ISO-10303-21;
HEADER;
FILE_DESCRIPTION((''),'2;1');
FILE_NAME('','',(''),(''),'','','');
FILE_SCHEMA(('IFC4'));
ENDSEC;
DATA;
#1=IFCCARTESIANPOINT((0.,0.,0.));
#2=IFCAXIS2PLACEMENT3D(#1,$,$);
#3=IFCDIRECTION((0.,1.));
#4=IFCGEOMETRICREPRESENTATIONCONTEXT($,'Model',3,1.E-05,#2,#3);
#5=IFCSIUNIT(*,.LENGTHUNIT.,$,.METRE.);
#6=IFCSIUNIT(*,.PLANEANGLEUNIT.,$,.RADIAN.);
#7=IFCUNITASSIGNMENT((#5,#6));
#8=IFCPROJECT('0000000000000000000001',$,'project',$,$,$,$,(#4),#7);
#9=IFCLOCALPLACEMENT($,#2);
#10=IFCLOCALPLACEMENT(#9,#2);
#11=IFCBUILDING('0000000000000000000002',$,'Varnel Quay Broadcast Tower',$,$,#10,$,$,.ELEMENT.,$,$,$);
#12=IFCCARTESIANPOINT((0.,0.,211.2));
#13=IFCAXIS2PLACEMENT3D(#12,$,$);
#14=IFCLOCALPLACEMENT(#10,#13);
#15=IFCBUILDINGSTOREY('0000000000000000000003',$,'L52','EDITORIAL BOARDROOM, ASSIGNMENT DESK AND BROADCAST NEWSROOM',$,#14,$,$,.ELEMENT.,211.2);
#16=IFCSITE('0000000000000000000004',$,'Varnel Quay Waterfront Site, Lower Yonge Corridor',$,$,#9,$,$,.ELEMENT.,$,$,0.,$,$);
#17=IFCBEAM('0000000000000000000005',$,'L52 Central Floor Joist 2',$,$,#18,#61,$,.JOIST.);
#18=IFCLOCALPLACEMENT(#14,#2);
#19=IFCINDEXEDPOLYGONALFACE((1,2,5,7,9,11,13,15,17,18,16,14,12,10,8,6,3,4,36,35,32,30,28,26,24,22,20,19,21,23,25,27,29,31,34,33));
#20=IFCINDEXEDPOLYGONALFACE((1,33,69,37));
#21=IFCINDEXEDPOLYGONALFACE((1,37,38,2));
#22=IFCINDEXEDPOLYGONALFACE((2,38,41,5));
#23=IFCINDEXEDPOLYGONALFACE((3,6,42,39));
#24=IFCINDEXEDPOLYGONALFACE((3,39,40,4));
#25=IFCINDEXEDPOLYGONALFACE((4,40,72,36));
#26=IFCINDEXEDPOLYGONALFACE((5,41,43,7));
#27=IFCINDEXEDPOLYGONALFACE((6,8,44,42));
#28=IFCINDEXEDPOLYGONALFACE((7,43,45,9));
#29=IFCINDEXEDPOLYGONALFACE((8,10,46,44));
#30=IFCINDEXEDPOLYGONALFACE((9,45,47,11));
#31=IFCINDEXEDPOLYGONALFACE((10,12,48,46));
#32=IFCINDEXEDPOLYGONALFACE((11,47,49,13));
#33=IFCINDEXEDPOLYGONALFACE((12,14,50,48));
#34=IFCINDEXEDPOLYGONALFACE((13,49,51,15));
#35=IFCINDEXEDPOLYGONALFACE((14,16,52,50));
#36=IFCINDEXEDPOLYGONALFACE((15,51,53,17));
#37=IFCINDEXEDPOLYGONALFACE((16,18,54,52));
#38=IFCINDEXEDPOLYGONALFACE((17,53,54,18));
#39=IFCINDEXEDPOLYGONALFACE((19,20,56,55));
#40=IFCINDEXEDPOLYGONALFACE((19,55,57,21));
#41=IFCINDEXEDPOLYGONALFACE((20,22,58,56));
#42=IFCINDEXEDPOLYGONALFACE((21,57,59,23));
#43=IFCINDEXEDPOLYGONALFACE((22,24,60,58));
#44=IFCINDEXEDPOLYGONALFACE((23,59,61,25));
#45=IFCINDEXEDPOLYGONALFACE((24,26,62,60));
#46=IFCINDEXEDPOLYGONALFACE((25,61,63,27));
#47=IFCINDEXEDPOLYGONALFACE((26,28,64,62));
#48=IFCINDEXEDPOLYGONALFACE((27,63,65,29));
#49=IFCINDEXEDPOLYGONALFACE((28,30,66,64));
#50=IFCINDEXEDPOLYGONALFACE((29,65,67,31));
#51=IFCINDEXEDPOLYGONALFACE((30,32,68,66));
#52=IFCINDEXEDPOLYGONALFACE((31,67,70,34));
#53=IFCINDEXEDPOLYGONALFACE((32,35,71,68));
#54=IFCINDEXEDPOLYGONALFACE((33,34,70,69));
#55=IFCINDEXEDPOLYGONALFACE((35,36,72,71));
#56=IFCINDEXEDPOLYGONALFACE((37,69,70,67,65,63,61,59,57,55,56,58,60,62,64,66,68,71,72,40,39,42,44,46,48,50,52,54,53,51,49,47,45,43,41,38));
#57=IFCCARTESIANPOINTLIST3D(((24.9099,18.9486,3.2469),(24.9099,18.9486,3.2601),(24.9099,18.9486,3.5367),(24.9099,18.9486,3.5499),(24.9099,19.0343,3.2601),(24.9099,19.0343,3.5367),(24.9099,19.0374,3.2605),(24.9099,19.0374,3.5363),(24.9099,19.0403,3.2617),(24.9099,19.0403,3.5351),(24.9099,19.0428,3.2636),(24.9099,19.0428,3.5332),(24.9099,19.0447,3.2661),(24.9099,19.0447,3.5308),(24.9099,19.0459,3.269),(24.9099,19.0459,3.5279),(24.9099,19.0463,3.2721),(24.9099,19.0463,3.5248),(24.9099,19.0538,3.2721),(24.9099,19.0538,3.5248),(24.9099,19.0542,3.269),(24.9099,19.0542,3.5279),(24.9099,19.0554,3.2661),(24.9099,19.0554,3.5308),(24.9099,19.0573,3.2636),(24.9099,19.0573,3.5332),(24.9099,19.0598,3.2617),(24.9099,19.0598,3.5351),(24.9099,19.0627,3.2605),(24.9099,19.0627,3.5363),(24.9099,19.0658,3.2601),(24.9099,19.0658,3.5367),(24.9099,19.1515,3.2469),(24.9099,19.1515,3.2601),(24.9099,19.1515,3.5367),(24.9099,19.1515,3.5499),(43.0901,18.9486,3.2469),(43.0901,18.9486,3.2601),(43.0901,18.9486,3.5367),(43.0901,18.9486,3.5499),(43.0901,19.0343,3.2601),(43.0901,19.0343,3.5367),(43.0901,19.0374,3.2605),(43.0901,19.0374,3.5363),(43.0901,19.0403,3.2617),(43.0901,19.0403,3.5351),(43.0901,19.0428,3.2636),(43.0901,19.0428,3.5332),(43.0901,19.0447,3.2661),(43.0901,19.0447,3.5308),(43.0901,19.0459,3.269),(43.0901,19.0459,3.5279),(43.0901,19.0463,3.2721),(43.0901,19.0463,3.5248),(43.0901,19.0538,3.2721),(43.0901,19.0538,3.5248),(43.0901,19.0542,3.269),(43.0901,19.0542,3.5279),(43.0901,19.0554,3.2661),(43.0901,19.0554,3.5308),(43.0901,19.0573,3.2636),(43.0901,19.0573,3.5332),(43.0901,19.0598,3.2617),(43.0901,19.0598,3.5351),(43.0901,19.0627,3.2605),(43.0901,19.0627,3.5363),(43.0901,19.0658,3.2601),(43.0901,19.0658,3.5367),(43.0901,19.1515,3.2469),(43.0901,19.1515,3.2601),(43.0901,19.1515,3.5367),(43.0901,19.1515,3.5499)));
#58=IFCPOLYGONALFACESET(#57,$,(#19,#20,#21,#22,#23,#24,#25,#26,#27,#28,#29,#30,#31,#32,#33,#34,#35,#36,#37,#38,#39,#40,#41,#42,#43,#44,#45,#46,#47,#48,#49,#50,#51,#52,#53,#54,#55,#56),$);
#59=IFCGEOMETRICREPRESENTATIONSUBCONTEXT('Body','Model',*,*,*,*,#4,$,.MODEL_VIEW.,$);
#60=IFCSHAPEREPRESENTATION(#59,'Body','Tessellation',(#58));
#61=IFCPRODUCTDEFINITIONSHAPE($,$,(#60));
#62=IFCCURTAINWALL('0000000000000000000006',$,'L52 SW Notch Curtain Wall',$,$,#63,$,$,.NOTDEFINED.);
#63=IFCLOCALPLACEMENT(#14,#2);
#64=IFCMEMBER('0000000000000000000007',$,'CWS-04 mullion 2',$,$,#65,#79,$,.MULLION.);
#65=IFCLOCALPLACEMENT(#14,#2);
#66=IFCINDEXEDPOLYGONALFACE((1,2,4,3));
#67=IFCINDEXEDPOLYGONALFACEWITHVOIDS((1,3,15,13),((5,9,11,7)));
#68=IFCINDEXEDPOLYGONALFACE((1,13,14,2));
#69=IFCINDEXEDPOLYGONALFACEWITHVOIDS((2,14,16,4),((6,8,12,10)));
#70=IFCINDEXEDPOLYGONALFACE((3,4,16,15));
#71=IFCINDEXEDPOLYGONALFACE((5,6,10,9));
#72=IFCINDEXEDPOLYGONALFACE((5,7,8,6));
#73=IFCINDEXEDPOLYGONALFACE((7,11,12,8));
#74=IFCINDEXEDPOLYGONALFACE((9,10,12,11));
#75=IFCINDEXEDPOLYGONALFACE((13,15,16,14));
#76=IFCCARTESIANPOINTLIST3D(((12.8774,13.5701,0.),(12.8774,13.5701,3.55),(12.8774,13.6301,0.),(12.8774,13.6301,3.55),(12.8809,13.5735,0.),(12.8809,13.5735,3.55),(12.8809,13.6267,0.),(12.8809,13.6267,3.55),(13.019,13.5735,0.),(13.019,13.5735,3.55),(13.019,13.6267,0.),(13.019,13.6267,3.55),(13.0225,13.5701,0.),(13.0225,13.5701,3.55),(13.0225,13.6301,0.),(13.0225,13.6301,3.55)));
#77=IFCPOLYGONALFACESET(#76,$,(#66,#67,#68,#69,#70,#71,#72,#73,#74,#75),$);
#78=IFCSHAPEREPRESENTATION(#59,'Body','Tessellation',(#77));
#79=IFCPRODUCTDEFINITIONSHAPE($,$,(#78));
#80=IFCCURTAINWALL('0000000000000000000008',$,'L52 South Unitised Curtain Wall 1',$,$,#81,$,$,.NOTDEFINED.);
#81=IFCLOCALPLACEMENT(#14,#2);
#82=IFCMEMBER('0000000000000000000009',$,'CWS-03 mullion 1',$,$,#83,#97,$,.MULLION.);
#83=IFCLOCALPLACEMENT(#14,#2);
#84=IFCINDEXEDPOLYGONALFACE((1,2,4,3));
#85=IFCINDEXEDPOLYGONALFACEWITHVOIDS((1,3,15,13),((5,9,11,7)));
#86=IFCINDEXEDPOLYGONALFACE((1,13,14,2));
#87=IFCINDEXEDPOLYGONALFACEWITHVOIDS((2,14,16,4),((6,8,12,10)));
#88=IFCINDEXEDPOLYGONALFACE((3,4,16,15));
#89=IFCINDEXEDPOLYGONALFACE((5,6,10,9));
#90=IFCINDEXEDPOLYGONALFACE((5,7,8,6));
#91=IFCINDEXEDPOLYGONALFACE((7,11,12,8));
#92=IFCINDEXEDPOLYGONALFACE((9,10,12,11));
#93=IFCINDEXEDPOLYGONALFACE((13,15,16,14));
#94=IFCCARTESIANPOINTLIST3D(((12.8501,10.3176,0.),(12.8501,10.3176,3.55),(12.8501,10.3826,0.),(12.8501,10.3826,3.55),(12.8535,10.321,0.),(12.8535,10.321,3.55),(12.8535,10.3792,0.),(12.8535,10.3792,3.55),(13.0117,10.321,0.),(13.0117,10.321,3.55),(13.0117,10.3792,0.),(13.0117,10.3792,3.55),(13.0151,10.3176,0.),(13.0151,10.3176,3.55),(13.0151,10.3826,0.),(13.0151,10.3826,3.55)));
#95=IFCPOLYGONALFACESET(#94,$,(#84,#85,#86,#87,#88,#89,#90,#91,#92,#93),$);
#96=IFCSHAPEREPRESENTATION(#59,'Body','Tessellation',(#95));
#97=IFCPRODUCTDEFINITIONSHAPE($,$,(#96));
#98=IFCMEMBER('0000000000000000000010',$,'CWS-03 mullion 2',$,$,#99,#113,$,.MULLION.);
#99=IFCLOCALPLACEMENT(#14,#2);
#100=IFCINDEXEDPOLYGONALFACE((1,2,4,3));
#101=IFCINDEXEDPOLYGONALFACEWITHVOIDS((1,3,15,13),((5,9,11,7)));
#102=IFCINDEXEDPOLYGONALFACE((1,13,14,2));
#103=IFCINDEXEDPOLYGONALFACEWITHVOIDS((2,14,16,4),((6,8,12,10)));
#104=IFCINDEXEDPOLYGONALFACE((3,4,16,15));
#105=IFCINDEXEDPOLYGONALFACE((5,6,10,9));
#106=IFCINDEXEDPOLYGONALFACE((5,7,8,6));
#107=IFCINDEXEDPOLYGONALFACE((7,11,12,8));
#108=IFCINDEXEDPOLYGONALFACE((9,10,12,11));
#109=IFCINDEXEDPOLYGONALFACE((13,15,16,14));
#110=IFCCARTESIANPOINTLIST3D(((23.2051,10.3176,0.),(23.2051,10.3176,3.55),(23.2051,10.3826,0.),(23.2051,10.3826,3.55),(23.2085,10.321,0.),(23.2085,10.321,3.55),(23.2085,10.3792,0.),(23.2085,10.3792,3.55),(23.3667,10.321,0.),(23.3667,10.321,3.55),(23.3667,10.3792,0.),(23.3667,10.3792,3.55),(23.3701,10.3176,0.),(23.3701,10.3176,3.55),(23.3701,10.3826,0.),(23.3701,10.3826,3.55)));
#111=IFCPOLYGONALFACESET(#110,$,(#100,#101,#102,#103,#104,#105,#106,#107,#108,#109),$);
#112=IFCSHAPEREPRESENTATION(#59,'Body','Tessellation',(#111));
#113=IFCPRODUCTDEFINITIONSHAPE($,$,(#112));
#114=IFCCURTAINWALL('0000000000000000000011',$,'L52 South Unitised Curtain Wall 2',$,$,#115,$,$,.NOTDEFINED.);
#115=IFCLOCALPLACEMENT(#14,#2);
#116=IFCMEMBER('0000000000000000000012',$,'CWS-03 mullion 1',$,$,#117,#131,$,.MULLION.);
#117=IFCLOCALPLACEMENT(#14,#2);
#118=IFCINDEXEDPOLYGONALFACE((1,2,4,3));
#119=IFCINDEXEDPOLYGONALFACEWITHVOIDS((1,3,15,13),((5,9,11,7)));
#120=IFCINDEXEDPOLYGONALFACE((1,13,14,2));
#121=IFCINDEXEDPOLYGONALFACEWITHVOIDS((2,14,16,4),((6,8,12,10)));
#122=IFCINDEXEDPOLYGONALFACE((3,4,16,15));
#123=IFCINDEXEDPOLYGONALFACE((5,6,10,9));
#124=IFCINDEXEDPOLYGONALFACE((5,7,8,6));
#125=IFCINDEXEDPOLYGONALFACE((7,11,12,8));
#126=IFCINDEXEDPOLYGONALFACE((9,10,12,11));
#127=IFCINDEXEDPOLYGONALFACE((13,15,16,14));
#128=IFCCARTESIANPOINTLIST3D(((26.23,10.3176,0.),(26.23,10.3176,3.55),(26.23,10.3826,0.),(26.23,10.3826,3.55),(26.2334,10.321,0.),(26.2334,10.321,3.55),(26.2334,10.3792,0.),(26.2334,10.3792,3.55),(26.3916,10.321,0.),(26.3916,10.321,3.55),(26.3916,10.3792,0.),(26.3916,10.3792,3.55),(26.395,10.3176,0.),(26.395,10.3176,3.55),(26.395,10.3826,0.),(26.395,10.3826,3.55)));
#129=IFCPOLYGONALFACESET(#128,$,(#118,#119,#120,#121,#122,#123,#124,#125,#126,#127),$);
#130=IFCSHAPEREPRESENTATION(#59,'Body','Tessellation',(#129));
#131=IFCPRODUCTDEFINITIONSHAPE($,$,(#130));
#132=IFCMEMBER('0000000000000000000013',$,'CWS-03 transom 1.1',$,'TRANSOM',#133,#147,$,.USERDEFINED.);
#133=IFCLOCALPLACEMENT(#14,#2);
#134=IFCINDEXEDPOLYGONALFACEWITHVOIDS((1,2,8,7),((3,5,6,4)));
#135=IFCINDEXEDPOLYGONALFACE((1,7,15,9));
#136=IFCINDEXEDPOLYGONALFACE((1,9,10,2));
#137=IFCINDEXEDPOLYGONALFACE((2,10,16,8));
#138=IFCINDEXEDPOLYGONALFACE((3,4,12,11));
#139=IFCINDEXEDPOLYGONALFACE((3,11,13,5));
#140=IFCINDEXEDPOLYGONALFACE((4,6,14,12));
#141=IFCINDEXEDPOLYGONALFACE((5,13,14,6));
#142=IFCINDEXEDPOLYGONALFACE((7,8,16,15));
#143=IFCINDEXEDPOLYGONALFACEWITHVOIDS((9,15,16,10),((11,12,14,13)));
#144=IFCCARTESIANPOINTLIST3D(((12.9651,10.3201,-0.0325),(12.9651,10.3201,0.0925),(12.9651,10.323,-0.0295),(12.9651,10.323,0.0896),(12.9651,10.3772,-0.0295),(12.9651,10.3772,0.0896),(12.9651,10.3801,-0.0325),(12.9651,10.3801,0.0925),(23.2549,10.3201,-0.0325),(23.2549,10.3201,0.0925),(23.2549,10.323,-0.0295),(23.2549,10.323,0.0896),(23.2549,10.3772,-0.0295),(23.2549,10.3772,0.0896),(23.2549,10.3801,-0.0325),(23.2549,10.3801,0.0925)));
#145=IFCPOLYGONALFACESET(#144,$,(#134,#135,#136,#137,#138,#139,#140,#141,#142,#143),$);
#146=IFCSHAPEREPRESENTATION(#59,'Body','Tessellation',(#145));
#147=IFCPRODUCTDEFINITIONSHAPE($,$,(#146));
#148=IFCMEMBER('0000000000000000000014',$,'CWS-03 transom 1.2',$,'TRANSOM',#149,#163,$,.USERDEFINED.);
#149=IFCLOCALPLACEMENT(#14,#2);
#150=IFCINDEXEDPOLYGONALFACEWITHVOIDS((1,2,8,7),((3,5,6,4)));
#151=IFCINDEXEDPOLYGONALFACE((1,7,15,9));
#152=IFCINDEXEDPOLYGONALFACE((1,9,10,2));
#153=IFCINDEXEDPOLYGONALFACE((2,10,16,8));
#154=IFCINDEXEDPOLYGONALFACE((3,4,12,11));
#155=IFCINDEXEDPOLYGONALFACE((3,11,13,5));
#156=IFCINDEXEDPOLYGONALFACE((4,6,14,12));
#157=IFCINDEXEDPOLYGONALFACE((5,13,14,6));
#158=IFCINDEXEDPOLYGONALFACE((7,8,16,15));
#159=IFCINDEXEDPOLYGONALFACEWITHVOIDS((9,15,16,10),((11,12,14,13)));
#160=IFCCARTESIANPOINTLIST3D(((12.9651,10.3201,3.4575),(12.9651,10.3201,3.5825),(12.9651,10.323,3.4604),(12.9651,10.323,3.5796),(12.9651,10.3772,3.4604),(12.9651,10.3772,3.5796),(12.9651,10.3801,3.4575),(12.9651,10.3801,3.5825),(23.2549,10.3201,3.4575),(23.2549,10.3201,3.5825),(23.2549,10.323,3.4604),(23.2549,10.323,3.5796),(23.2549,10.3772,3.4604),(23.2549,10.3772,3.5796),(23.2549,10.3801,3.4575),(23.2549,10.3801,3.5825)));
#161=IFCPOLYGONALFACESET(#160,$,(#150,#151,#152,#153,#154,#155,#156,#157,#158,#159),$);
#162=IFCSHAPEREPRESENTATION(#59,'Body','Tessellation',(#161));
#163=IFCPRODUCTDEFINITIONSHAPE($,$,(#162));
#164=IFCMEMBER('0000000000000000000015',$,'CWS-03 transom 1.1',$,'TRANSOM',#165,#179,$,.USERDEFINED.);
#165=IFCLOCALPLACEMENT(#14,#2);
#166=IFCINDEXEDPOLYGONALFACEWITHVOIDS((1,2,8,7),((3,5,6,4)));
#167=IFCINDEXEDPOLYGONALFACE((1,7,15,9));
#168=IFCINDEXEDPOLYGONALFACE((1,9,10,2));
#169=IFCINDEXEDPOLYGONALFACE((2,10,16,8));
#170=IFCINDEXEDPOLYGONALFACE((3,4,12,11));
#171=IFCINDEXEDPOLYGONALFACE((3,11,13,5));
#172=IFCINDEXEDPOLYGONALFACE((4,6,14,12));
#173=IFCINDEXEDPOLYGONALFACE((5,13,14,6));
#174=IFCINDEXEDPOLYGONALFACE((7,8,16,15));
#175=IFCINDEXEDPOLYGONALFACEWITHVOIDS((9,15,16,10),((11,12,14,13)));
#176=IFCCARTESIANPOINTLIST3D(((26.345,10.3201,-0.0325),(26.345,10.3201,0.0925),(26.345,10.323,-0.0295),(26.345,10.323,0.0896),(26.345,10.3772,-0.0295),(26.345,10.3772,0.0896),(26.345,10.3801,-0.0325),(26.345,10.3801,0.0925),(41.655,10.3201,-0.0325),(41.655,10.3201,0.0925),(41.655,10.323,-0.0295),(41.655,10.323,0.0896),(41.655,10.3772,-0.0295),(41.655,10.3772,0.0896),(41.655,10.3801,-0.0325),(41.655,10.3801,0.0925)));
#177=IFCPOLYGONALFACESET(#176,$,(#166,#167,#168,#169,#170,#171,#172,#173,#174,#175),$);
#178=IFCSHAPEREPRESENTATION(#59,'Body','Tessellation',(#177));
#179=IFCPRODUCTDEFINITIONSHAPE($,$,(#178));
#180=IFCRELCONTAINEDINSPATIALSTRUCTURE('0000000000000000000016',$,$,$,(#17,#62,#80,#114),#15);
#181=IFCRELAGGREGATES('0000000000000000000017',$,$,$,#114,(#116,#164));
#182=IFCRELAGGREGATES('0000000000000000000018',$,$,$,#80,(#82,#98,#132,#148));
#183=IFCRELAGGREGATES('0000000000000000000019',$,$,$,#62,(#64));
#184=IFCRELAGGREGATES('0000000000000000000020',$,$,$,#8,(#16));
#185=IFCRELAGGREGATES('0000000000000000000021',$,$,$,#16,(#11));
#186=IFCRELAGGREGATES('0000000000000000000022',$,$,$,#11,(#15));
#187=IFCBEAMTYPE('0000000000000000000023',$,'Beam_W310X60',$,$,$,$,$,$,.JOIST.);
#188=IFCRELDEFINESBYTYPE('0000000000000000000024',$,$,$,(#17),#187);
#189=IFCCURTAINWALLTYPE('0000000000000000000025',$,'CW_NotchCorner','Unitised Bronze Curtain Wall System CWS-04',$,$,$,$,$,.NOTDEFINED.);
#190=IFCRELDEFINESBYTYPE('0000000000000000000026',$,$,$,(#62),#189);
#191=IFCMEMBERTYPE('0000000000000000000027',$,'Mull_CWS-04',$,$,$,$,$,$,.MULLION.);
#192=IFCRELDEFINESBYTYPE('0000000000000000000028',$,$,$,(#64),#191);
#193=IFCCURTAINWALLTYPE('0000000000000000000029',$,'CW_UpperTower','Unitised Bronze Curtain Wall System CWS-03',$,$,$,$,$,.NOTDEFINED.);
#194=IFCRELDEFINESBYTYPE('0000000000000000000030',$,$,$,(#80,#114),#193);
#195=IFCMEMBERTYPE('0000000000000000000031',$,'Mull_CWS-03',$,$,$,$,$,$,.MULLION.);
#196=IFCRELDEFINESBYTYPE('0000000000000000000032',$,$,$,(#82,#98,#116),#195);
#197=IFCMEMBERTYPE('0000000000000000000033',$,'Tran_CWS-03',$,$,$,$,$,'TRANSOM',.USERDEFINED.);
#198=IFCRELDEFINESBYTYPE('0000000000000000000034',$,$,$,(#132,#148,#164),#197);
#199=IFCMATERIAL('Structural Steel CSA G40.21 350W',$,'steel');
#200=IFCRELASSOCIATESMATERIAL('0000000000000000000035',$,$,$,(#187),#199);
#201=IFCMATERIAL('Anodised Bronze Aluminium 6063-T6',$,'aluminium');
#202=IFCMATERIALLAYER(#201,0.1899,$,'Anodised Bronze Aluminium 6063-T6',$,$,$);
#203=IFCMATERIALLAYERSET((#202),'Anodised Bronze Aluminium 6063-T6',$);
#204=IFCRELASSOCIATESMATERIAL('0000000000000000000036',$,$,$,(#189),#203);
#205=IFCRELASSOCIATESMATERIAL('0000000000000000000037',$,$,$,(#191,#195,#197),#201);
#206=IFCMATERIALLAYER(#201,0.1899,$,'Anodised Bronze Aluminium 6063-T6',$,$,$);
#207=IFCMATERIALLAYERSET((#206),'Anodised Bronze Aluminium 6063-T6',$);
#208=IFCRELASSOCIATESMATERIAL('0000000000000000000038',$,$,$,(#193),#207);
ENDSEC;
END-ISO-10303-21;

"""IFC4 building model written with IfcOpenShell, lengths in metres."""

from ifc_helpers import new_model, si_unit, direction, frame, origin, origin_2d, place, context, subcontext, project, spatial, hollow_rectangle, i_section, extrude, source, transform, mapped, material, layer, layer_set, material_profile, profile_set, type_object, type_shapes, element, aggregate, save


model = new_model("IFC4")

# Units and contexts
model_context = context("Model", 3, precision=1e-05, world=origin(), true_north=direction((0.0, 1.0)))
body_context = subcontext(model_context, "Body", "Model", "MODEL_VIEW")
ifc_project = project(units=[si_unit("LENGTHUNIT", "METRE"), si_unit("PLANEANGLEUNIT", "RADIAN")], contexts=[model_context])

# Site, building, storey
site_placement = place(None, origin())
site = spatial("IfcSite", under=ifc_project, at=site_placement, Name="Varnel Quay Waterfront Site, Lower Yonge Corridor", CompositionType="ELEMENT", RefElevation=0.0)
building_placement = place(site_placement, origin())
building = spatial("IfcBuilding", under=site, at=building_placement, Name="Varnel Quay Broadcast Tower", CompositionType="ELEMENT")
storey_placement = place(building_placement, frame((0.0, 0.0, 211.2)))
storey = spatial("IfcBuildingStorey", under=building, at=storey_placement, Name="L52", Description="EDITORIAL BOARDROOM, ASSIGNMENT DESK AND BROADCAST NEWSROOM", CompositionType="ELEMENT", Elevation=211.2)

# Shared definitions
ifc_material_1 = material(Name="Structural Steel CSA G40.21 350W", Category="steel")

# Beam
ifc_material_profile_1 = material_profile(ifc_material_1, i_section(OverallWidth=0.2029, OverallDepth=0.303, WebThickness=0.0076, FlangeThickness=0.0132, FilletRadius=0.012, at=origin_2d()), Name="W310X60")
ifc_profile_set_1 = profile_set([ifc_material_profile_1], Name="Structural Steel CSA G40.21 350W")
beam_type_1 = type_object("IfcBeamType", Name="Beam_W310X60", PredefinedType="JOIST", material=ifc_profile_set_1)
shared_shape_1 = source(origin(), body_context, "Body", "SweptSolid", [
    extrude(i_section(OverallWidth=0.2029, OverallDepth=0.303, WebThickness=0.0076, FlangeThickness=0.0132, FilletRadius=0.012, at=origin_2d()), origin(), (0.0, 0.0, 1.0), 18.1802),
])
type_shapes(beam_type_1, [shared_shape_1])
beam_1_placement = place(storey_placement, frame((24.9099, 19.05, 3.3984), z_axis=(1.0, 0.0, 0.0), x_axis=(0.0, 1.0, 0.0)))
element("IfcBeam", 1, at=beam_1_placement, inside=storey, type_object=beam_type_1, Name="L52 Central Floor Joist 2", PredefinedType="JOIST", context=body_context, shape_type="MappedRepresentation", body=[
    mapped(shared_shape_1, transform((0.0, 0.0, 0.0), x_axis=(1.0, 0.0, 0.0), y_axis=(0.0, 1.0, 0.0), z_axis=(0.0, 0.0, 1.0), scale=1.0)),
])

# Curtain wall, member
ifc_material_2 = material(Name="Anodised Bronze Aluminium 6063-T6", Category="aluminium")
ifc_layer_1 = layer(ifc_material_2, 0.1899, Name="Anodised Bronze Aluminium 6063-T6")
ifc_layer_set_1 = layer_set([ifc_layer_1], Name="Anodised Bronze Aluminium 6063-T6")
curtain_wall_type_1 = type_object("IfcCurtainWallType", Name="CW_NotchCorner", Description="Unitised Bronze Curtain Wall System CWS-04", PredefinedType="NOTDEFINED", material=ifc_layer_set_1)
curtain_wall_1_placement = place(storey_placement, origin())
curtain_wall_1 = element("IfcCurtainWall", 2, at=curtain_wall_1_placement, inside=storey, type_object=curtain_wall_type_1, Name="L52 SW Notch Curtain Wall", PredefinedType="NOTDEFINED")
ifc_material_profile_2 = material_profile(ifc_material_2, hollow_rectangle(XDim=0.0601, YDim=0.145, WallThickness=0.0034, at=origin_2d()), Name="ALU60X145X3.5")
ifc_profile_set_2 = profile_set([ifc_material_profile_2], Name="Anodised Bronze Aluminium 6063-T6")
member_type_1 = type_object("IfcMemberType", Name="Mull_CWS-04", PredefinedType="MULLION", material=ifc_profile_set_2)
shared_shape_2 = source(origin(), body_context, "Body", "SweptSolid", [
    extrude(hollow_rectangle(XDim=0.0601, YDim=0.145, WallThickness=0.0034, at=origin_2d()), origin(), (0.0, 0.0, 1.0), 3.55),
])
type_shapes(member_type_1, [shared_shape_2])
member_1_placement = place(storey_placement, frame((12.95, 13.6001, 0.0), z_axis=(0.0, 0.0, 1.0), x_axis=(0.0, 1.0, 0.0)))
member_1 = element("IfcMember", 3, at=member_1_placement, type_object=member_type_1, Name="CWS-04 mullion 2", PredefinedType="MULLION", context=body_context, shape_type="MappedRepresentation", body=[
    mapped(shared_shape_2, transform((0.0, 0.0, 0.0), x_axis=(1.0, 0.0, 0.0), y_axis=(0.0, 1.0, 0.0), z_axis=(0.0, 0.0, 1.0), scale=1.0)),
])

# Curtain wall, members
ifc_layer_2 = layer(ifc_material_2, 0.1899, Name="Anodised Bronze Aluminium 6063-T6")
ifc_layer_set_2 = layer_set([ifc_layer_2], Name="Anodised Bronze Aluminium 6063-T6")
curtain_wall_type_2 = type_object("IfcCurtainWallType", Name="CW_UpperTower", Description="Unitised Bronze Curtain Wall System CWS-03", PredefinedType="NOTDEFINED", material=ifc_layer_set_2)
curtain_wall_2_placement = place(storey_placement, origin())
curtain_wall_2 = element("IfcCurtainWall", 4, at=curtain_wall_2_placement, inside=storey, type_object=curtain_wall_type_2, Name="L52 South Unitised Curtain Wall 1", PredefinedType="NOTDEFINED")
ifc_material_profile_3 = material_profile(ifc_material_2, hollow_rectangle(XDim=0.0649, YDim=0.165, WallThickness=0.0034, at=origin_2d()), Name="ALU65X165X3.5")
ifc_profile_set_3 = profile_set([ifc_material_profile_3], Name="Anodised Bronze Aluminium 6063-T6")
member_type_2 = type_object("IfcMemberType", Name="Mull_CWS-03", PredefinedType="MULLION", material=ifc_profile_set_3)
shared_shape_3 = source(origin(), body_context, "Body", "SweptSolid", [
    extrude(hollow_rectangle(XDim=0.0649, YDim=0.165, WallThickness=0.0034, at=origin_2d()), origin(), (0.0, 0.0, 1.0), 3.55),
])
type_shapes(member_type_2, [shared_shape_3])
member_2_placement = place(storey_placement, frame((12.9326, 10.3501, 0.0), z_axis=(0.0, 0.0, 1.0), x_axis=(0.0, 1.0, 0.0)))
member_2 = element("IfcMember", 5, at=member_2_placement, type_object=member_type_2, Name="CWS-03 mullion 1", PredefinedType="MULLION", context=body_context, shape_type="MappedRepresentation", body=[
    mapped(shared_shape_3, transform((0.0, 0.0, 0.0), x_axis=(1.0, 0.0, 0.0), y_axis=(0.0, 1.0, 0.0), z_axis=(0.0, 0.0, 1.0), scale=1.0)),
])
member_3_placement = place(storey_placement, frame((23.2876, 10.3501, 0.0), z_axis=(0.0, 0.0, 1.0), x_axis=(0.0, 1.0, 0.0)))
member_3 = element("IfcMember", 6, at=member_3_placement, type_object=member_type_2, Name="CWS-03 mullion 2", PredefinedType="MULLION", context=body_context, shape_type="MappedRepresentation", body=[
    mapped(shared_shape_3, transform((0.0, 0.0, 0.0), x_axis=(1.0, 0.0, 0.0), y_axis=(0.0, 1.0, 0.0), z_axis=(0.0, 0.0, 1.0), scale=1.0)),
])

# Curtain wall, member
curtain_wall_3_placement = place(storey_placement, origin())
curtain_wall_3 = element("IfcCurtainWall", 7, at=curtain_wall_3_placement, inside=storey, type_object=curtain_wall_type_2, Name="L52 South Unitised Curtain Wall 2", PredefinedType="NOTDEFINED")
member_4_placement = place(storey_placement, frame((26.3125, 10.3501, 0.0), z_axis=(0.0, 0.0, 1.0), x_axis=(0.0, 1.0, 0.0)))
member_4 = element("IfcMember", 8, at=member_4_placement, type_object=member_type_2, Name="CWS-03 mullion 1", PredefinedType="MULLION", context=body_context, shape_type="MappedRepresentation", body=[
    mapped(shared_shape_3, transform((0.0, 0.0, 0.0), x_axis=(1.0, 0.0, 0.0), y_axis=(0.0, 1.0, 0.0), z_axis=(0.0, 0.0, 1.0), scale=1.0)),
])

# Members
ifc_material_profile_4 = material_profile(ifc_material_2, hollow_rectangle(XDim=0.0601, YDim=0.125, WallThickness=0.0029, at=origin_2d()), Name="ALU60X125X3")
ifc_profile_set_4 = profile_set([ifc_material_profile_4], Name="Anodised Bronze Aluminium 6063-T6")
member_type_3 = type_object("IfcMemberType", Name="Tran_CWS-03", ElementType="TRANSOM", PredefinedType="USERDEFINED", material=ifc_profile_set_4)
shared_shape_4 = source(origin(), body_context, "Body", "SweptSolid", [
    extrude(hollow_rectangle(XDim=0.0601, YDim=0.125, WallThickness=0.0029, at=origin_2d()), origin(), (0.0, 0.0, 1.0), 10.2898),
])
member_5_placement = place(storey_placement, frame((12.9651, 10.3501, 0.03), z_axis=(1.0, 0.0, 0.0), x_axis=(0.0, 1.0, 0.0)))
member_5 = element("IfcMember", 9, at=member_5_placement, type_object=member_type_3, Name="CWS-03 transom 1.1", ObjectType="TRANSOM", PredefinedType="USERDEFINED", context=body_context, shape_type="MappedRepresentation", body=[
    mapped(shared_shape_4, transform((0.0, 0.0, 0.0), x_axis=(1.0, 0.0, 0.0), y_axis=(0.0, 1.0, 0.0), z_axis=(0.0, 0.0, 1.0), scale=1.0)),
])
member_6_placement = place(storey_placement, frame((12.9651, 10.3501, 3.52), z_axis=(1.0, 0.0, 0.0), x_axis=(0.0, 1.0, 0.0)))
member_6 = element("IfcMember", 10, at=member_6_placement, type_object=member_type_3, Name="CWS-03 transom 1.2", ObjectType="TRANSOM", PredefinedType="USERDEFINED", context=body_context, shape_type="MappedRepresentation", body=[
    mapped(shared_shape_4, transform((0.0, 0.0, 0.0), x_axis=(1.0, 0.0, 0.0), y_axis=(0.0, 1.0, 0.0), z_axis=(0.0, 0.0, 1.0), scale=1.0)),
])
shared_shape_5 = source(origin(), body_context, "Body", "SweptSolid", [
    extrude(hollow_rectangle(XDim=0.0601, YDim=0.125, WallThickness=0.0029, at=origin_2d()), origin(), (0.0, 0.0, 1.0), 15.3101),
])
type_shapes(member_type_3, [shared_shape_4, shared_shape_5])
member_7_placement = place(storey_placement, frame((26.345, 10.3501, 0.03), z_axis=(1.0, 0.0, 0.0), x_axis=(0.0, 1.0, 0.0)))
member_7 = element("IfcMember", 11, at=member_7_placement, type_object=member_type_3, Name="CWS-03 transom 1.1", ObjectType="TRANSOM", PredefinedType="USERDEFINED", context=body_context, shape_type="MappedRepresentation", body=[
    mapped(shared_shape_5, transform((0.0, 0.0, 0.0), x_axis=(1.0, 0.0, 0.0), y_axis=(0.0, 1.0, 0.0), z_axis=(0.0, 0.0, 1.0), scale=1.0)),
])
aggregate(curtain_wall_3, [member_4, member_7])

aggregate(curtain_wall_2, [member_2, member_3, member_5, member_6])
aggregate(curtain_wall_1, [member_1])

save(model, "model.ifc")
